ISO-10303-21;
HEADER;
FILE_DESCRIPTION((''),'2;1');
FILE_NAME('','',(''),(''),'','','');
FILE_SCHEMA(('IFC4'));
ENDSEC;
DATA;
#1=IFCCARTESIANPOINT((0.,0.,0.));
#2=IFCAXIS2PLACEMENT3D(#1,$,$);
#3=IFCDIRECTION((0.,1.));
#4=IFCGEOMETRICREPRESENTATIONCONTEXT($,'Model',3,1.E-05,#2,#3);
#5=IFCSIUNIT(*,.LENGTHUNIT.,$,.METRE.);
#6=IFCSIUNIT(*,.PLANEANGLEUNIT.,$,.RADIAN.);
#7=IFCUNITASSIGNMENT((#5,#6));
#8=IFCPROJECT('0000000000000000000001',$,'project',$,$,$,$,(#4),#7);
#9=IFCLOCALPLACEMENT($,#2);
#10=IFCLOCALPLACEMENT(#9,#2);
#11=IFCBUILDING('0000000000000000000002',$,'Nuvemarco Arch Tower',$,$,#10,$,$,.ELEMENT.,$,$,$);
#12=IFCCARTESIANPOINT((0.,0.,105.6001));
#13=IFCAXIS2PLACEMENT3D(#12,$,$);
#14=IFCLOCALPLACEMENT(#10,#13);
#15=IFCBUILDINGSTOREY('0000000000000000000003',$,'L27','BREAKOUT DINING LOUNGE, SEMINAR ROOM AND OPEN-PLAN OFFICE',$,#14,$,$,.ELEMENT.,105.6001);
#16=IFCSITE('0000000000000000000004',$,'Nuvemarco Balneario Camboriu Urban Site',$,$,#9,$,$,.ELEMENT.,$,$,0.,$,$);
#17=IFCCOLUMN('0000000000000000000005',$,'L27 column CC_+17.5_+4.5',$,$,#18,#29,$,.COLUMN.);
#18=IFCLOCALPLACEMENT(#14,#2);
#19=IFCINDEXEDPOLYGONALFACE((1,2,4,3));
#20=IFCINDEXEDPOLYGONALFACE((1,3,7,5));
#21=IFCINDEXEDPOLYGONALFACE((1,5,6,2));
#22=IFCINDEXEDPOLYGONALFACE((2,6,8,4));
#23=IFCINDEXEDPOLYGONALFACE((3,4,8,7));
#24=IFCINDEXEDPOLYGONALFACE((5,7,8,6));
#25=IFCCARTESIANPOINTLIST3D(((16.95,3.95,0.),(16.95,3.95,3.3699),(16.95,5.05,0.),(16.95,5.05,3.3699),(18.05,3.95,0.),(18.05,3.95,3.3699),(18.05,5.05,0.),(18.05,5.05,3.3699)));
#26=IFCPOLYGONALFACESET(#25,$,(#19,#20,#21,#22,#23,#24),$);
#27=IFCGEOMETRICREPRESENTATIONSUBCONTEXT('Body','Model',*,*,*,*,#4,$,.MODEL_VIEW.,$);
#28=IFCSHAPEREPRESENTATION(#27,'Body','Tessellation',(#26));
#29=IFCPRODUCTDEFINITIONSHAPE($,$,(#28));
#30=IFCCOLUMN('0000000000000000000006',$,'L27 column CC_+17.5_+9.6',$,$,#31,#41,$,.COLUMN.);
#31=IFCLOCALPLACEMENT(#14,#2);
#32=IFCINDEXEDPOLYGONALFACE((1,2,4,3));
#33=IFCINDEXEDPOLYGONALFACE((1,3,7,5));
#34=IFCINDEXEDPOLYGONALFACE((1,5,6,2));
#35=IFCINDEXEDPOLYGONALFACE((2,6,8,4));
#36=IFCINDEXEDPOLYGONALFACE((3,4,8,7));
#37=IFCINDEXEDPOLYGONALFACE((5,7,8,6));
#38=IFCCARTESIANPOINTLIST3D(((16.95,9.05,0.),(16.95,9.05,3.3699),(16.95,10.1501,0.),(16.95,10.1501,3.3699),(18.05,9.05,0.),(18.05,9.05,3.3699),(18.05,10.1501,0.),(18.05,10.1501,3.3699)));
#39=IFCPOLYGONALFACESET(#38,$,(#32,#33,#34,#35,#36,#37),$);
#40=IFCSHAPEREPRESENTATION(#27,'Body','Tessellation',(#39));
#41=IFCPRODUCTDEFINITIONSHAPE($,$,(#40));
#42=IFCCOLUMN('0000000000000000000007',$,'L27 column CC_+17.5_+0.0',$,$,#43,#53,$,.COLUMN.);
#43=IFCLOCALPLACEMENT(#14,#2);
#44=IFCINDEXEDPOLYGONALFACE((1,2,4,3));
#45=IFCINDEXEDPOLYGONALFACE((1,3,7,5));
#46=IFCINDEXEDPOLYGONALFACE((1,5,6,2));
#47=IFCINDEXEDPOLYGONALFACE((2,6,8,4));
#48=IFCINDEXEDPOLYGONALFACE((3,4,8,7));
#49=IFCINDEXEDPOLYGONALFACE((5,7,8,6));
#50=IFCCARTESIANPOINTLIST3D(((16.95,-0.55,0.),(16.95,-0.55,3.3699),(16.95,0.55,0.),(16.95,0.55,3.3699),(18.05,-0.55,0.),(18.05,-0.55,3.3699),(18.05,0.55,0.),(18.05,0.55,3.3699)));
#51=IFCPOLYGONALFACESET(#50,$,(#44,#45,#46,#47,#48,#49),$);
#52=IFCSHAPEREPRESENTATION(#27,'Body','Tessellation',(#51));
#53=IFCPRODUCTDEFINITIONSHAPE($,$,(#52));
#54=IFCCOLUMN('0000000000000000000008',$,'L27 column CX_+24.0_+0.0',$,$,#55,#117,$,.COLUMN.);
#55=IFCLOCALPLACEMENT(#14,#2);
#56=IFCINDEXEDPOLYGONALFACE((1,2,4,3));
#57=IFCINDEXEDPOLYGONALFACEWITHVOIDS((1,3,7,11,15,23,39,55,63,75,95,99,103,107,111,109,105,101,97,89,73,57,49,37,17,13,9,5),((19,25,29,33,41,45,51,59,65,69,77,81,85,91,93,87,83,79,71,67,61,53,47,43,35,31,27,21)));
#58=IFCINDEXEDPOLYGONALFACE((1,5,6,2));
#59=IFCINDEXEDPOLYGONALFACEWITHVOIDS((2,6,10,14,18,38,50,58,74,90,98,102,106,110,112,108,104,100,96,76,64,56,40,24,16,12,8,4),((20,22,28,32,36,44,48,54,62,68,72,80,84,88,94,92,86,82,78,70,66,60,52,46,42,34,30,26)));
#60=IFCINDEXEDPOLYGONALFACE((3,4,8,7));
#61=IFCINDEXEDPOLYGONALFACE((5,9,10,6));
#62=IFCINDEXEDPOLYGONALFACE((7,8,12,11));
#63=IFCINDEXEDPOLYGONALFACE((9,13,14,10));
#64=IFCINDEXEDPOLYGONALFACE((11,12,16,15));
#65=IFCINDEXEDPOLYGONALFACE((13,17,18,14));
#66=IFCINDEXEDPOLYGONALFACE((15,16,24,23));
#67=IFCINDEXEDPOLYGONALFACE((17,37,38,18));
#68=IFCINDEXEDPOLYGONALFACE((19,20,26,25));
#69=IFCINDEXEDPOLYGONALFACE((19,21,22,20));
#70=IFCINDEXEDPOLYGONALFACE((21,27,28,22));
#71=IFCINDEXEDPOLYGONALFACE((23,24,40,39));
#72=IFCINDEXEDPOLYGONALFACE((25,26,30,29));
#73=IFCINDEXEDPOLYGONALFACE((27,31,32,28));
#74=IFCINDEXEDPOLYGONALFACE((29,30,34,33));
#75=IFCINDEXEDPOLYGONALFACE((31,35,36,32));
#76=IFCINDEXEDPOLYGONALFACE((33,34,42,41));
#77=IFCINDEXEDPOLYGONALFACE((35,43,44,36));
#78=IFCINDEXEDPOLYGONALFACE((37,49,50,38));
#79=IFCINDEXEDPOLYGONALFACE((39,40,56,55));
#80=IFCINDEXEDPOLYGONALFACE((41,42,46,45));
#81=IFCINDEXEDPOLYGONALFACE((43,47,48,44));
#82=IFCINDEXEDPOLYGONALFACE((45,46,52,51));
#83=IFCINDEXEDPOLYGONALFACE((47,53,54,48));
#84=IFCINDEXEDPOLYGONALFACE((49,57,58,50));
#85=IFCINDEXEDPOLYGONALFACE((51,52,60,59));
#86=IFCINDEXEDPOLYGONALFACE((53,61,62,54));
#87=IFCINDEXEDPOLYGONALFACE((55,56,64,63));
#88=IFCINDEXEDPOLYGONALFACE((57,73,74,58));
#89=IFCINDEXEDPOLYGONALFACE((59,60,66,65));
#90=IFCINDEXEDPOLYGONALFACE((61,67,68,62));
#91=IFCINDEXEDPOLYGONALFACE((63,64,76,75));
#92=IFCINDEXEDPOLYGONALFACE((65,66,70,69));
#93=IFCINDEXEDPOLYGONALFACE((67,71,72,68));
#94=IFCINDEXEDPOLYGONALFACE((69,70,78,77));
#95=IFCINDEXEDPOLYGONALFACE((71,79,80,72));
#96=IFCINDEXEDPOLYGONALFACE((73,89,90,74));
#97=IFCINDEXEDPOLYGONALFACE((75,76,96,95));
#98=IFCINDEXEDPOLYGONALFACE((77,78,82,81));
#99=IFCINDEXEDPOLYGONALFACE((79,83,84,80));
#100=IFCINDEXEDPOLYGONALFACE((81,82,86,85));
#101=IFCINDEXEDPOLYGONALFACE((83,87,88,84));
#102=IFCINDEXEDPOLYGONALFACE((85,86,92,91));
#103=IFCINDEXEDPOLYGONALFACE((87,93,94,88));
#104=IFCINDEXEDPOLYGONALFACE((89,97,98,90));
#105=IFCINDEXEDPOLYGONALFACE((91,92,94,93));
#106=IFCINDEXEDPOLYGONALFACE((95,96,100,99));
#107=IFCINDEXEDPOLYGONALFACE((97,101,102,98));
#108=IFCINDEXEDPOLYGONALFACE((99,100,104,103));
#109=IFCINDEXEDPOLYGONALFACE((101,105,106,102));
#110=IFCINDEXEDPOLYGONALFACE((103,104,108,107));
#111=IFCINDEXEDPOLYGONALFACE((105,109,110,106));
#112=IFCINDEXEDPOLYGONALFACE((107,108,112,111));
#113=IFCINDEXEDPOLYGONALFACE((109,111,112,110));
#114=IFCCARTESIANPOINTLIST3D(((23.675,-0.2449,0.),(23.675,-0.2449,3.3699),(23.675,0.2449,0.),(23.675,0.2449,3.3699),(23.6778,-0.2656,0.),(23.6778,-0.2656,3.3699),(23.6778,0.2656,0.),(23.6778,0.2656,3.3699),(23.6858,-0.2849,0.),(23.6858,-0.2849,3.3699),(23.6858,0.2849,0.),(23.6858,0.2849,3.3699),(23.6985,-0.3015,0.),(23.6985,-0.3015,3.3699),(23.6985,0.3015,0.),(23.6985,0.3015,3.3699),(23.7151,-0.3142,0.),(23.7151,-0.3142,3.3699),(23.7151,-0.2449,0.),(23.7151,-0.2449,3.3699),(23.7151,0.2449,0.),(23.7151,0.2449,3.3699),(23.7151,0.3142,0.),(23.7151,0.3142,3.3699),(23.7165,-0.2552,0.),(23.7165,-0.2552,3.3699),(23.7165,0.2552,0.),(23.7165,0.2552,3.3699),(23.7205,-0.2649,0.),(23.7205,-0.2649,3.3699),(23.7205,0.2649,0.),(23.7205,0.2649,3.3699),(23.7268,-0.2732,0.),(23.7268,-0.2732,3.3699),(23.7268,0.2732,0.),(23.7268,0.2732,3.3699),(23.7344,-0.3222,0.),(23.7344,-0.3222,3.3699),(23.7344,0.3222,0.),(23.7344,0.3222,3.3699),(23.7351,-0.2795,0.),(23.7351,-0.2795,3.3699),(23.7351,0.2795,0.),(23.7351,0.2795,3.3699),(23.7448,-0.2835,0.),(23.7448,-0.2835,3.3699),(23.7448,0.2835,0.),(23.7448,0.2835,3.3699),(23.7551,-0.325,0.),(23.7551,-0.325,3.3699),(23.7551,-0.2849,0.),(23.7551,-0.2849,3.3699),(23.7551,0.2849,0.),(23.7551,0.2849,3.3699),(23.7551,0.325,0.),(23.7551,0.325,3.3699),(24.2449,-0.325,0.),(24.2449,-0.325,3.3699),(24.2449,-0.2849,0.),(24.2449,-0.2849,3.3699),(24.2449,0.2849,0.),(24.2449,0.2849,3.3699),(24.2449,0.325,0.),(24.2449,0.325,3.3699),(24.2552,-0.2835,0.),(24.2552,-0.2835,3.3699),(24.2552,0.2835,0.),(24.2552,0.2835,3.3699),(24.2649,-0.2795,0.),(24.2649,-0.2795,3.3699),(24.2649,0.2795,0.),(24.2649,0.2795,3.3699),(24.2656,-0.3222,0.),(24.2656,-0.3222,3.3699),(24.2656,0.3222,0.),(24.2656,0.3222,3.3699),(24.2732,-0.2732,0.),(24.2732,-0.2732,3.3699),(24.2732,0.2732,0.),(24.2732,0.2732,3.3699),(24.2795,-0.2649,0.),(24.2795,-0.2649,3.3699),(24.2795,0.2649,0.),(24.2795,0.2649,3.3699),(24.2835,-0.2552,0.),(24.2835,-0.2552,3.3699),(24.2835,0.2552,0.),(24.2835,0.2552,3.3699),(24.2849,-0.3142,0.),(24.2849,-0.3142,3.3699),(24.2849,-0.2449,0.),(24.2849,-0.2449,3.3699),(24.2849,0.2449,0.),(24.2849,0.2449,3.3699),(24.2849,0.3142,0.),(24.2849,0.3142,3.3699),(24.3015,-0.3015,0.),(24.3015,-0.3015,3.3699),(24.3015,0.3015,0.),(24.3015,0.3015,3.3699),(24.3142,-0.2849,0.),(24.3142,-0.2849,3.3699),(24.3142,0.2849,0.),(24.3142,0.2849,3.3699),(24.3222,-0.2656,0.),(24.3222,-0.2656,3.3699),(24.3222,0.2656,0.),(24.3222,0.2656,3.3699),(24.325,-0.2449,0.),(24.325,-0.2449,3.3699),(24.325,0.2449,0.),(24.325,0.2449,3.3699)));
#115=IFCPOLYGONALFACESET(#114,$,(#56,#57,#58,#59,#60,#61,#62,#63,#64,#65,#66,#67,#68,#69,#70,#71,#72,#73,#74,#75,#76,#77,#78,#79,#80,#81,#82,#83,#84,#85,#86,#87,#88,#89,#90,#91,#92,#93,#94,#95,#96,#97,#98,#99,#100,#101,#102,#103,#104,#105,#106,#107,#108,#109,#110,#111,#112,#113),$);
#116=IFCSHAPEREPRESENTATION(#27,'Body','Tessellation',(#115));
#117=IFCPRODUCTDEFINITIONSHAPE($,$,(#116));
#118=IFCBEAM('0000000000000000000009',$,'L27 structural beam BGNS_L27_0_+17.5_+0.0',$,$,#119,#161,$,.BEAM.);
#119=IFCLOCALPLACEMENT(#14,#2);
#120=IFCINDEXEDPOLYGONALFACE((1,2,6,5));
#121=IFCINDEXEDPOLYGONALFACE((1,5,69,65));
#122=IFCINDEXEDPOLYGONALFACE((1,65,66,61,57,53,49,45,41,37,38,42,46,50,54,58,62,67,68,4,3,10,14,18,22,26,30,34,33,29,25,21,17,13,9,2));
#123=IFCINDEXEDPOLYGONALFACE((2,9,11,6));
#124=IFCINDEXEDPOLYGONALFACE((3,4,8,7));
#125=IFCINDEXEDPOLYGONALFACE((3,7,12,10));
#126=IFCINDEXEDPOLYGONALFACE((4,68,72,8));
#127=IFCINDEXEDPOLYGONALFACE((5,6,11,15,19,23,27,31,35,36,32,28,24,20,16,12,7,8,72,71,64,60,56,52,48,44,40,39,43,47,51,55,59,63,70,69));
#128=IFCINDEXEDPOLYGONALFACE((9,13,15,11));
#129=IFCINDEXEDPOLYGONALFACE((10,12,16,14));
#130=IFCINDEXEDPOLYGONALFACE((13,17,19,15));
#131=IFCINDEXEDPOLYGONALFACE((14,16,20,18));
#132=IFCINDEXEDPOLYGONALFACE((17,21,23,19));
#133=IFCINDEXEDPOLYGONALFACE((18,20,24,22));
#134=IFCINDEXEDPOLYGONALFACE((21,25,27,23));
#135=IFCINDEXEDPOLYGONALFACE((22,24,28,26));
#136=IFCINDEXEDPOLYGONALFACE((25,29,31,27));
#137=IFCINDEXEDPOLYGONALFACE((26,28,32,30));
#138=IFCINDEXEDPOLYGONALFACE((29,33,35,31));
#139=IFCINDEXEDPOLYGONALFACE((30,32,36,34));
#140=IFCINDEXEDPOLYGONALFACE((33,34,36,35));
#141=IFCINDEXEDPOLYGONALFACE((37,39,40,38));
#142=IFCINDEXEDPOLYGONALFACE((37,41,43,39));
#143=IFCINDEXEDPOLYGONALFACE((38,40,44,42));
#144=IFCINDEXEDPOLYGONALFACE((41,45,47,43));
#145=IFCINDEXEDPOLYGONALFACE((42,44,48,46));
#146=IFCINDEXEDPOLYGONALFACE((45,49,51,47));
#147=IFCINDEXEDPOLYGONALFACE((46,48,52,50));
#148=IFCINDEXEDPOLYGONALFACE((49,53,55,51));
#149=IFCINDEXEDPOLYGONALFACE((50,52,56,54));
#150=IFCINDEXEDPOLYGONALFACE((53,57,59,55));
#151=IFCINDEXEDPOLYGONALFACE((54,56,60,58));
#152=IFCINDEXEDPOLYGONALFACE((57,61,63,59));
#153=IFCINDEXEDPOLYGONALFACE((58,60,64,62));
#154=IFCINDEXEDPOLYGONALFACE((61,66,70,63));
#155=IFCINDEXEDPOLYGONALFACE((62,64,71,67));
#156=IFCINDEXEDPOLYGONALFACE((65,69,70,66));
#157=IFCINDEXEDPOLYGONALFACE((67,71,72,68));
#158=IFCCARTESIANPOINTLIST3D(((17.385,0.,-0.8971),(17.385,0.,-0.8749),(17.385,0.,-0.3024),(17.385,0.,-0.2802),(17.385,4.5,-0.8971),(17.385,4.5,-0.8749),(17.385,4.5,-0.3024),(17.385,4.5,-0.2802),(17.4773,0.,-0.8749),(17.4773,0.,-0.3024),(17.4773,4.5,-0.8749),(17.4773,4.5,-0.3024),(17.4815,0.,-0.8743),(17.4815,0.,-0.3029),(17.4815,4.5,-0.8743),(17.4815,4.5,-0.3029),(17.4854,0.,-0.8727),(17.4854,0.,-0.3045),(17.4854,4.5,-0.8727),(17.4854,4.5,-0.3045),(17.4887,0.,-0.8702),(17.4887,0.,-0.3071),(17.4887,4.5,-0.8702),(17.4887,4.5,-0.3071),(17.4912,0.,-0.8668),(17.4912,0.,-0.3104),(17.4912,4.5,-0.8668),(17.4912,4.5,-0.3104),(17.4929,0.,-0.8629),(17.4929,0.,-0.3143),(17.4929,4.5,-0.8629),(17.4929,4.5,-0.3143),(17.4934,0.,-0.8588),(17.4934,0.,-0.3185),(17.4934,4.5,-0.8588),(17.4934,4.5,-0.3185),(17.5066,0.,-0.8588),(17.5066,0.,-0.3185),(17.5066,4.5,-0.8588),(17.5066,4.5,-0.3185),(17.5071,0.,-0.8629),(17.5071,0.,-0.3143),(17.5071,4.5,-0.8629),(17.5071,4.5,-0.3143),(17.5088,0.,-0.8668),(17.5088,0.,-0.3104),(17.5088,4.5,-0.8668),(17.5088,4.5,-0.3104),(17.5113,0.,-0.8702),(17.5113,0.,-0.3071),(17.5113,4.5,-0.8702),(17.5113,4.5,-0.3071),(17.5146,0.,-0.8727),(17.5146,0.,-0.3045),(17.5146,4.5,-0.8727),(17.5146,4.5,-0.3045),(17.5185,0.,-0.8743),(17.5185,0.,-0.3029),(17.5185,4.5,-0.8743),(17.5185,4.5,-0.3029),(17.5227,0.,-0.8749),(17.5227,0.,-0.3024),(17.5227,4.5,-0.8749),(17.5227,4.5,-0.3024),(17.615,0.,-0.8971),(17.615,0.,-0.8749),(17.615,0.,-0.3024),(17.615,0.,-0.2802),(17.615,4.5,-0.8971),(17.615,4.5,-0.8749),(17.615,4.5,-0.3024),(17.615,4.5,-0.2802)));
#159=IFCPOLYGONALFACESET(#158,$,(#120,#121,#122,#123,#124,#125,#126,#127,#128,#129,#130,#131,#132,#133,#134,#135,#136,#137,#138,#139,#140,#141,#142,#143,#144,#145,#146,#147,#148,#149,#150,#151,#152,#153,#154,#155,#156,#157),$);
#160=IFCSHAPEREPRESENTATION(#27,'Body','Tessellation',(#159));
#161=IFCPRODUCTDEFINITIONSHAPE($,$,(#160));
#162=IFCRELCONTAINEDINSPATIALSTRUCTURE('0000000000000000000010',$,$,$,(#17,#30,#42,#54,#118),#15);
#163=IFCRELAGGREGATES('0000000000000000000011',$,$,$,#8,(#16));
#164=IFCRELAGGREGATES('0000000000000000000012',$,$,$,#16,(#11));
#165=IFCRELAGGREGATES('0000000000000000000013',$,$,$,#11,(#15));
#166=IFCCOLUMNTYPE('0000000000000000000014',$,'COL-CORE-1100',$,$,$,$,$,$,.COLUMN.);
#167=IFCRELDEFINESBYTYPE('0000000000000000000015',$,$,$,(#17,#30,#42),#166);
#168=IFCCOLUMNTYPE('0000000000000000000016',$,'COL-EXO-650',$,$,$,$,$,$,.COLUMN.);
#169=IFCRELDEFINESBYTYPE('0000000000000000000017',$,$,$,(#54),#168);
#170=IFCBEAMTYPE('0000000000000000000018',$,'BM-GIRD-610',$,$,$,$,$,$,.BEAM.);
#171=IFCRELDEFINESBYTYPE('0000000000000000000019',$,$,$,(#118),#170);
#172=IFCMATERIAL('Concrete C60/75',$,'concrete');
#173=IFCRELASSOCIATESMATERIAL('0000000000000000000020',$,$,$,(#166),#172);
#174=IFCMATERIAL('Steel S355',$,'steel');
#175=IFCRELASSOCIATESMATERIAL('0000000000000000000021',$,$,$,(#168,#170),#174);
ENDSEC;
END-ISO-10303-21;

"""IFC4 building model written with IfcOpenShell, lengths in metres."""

from ifc_helpers import new_model, si_unit, direction, frame, origin, origin_2d, place, context, subcontext, project, spatial, rectangle, hollow_rectangle, i_section, extrude, material, material_profile, profile_set, type_object, element, save


model = new_model("IFC4")

# Units and contexts
model_context = context("Model", 3, precision=1e-05, world=origin(), true_north=direction((0.0, 1.0)))
body_context = subcontext(model_context, "Body", "Model", "MODEL_VIEW")
ifc_project = project(units=[si_unit("LENGTHUNIT", "METRE"), si_unit("PLANEANGLEUNIT", "RADIAN")], contexts=[model_context])

# Site, building, storey
site_placement = place(None, origin())
site = spatial("IfcSite", under=ifc_project, at=site_placement, Name="Nuvemarco Balneario Camboriu Urban Site", CompositionType="ELEMENT", RefElevation=0.0)
building_placement = place(site_placement, origin())
building = spatial("IfcBuilding", under=site, at=building_placement, Name="Nuvemarco Arch Tower", CompositionType="ELEMENT")
storey_placement = place(building_placement, frame((0.0, 0.0, 105.6001)))
storey = spatial("IfcBuildingStorey", under=building, at=storey_placement, Name="L27", Description="BREAKOUT DINING LOUNGE, SEMINAR ROOM AND OPEN-PLAN OFFICE", CompositionType="ELEMENT", Elevation=105.6001)

# Columns
ifc_material_1 = material(Name="Concrete C60/75", Category="concrete")
ifc_material_profile_1 = material_profile(ifc_material_1, rectangle(XDim=1.1001, YDim=1.1001, at=origin_2d()), Name="RC-COL-1100x1100")
ifc_profile_set_1 = profile_set([ifc_material_profile_1], Name="Concrete C60/75")
column_type_1 = type_object("IfcColumnType", Name="COL-CORE-1100", PredefinedType="COLUMN", material=ifc_profile_set_1)
for number, where, z_axis, x_axis, name in (
    (1, (17.5, 4.5, 0.0), (0.0, 0.0, 1.0), (1.0, 0.0, 0.0), "L27 column CC_+17.5_+4.5"),
    (2, (17.5, 9.6001, 0.0), (0.0, 0.0, 1.0), (1.0, 0.0, 0.0), "L27 column CC_+17.5_+9.6"),
    (3, (17.5, 0.0, 0.0), (0.0, 0.0, 1.0), (1.0, 0.0, 0.0), "L27 column CC_+17.5_+0.0"),
):
    element("IfcColumn", number, at=place(storey_placement, frame(where, z_axis=z_axis, x_axis=x_axis)), inside=storey, type_object=column_type_1, Name=name, PredefinedType="COLUMN", context=body_context, shape_type="SweptSolid", body=[
        extrude(rectangle(XDim=1.1001, YDim=1.1001, at=origin_2d()), origin(), (0.0, 0.0, 1.0), 3.3699),
    ])
ifc_material_2 = material(Name="Steel S355", Category="steel")
ifc_material_profile_2 = material_profile(ifc_material_2, hollow_rectangle(XDim=0.6499, YDim=0.6499, WallThickness=0.04, InnerFilletRadius=0.04, OuterFilletRadius=0.0801, at=origin_2d()), Name="SHS650x650x40")
ifc_profile_set_2 = profile_set([ifc_material_profile_2], Name="Steel S355")
column_type_2 = type_object("IfcColumnType", Name="COL-EXO-650", PredefinedType="COLUMN", material=ifc_profile_set_2)
column_placement = place(storey_placement, frame((24.0, 0.0, 0.0), z_axis=(0.0, 0.0, 1.0), x_axis=(1.0, 0.0, 0.0)))
element("IfcColumn", 4, at=column_placement, inside=storey, type_object=column_type_2, Name="L27 column CX_+24.0_+0.0", PredefinedType="COLUMN", context=body_context, shape_type="SweptSolid", body=[
    extrude(hollow_rectangle(XDim=0.6499, YDim=0.6499, WallThickness=0.04, InnerFilletRadius=0.04, OuterFilletRadius=0.0801, at=origin_2d()), origin(), (0.0, 0.0, 1.0), 3.3699),
])

# Beam
ifc_material_profile_3 = material_profile(ifc_material_2, i_section(OverallWidth=0.23, OverallDepth=0.6169, WebThickness=0.0132, FlangeThickness=0.0222, FilletRadius=0.0161, at=origin_2d()), Name="W610x140")
ifc_profile_set_3 = profile_set([ifc_material_profile_3], Name="Steel S355")
beam_type_1 = type_object("IfcBeamType", Name="BM-GIRD-610", PredefinedType="BEAM", material=ifc_profile_set_3)
beam_1_placement = place(storey_placement, frame((17.5, 0.0, -0.5886), z_axis=(0.0, 1.0, 0.0), x_axis=(-1.0, 0.0, 0.0)))
element("IfcBeam", 5, at=beam_1_placement, inside=storey, type_object=beam_type_1, Name="L27 structural beam BGNS_L27_0_+17.5_+0.0", PredefinedType="BEAM", context=body_context, shape_type="SweptSolid", body=[
    extrude(i_section(OverallWidth=0.23, OverallDepth=0.6169, WebThickness=0.0132, FlangeThickness=0.0222, FilletRadius=0.0161, at=origin_2d()), origin(), (0.0, 0.0, 1.0), 4.5),
])

save(model, "model.ifc")
